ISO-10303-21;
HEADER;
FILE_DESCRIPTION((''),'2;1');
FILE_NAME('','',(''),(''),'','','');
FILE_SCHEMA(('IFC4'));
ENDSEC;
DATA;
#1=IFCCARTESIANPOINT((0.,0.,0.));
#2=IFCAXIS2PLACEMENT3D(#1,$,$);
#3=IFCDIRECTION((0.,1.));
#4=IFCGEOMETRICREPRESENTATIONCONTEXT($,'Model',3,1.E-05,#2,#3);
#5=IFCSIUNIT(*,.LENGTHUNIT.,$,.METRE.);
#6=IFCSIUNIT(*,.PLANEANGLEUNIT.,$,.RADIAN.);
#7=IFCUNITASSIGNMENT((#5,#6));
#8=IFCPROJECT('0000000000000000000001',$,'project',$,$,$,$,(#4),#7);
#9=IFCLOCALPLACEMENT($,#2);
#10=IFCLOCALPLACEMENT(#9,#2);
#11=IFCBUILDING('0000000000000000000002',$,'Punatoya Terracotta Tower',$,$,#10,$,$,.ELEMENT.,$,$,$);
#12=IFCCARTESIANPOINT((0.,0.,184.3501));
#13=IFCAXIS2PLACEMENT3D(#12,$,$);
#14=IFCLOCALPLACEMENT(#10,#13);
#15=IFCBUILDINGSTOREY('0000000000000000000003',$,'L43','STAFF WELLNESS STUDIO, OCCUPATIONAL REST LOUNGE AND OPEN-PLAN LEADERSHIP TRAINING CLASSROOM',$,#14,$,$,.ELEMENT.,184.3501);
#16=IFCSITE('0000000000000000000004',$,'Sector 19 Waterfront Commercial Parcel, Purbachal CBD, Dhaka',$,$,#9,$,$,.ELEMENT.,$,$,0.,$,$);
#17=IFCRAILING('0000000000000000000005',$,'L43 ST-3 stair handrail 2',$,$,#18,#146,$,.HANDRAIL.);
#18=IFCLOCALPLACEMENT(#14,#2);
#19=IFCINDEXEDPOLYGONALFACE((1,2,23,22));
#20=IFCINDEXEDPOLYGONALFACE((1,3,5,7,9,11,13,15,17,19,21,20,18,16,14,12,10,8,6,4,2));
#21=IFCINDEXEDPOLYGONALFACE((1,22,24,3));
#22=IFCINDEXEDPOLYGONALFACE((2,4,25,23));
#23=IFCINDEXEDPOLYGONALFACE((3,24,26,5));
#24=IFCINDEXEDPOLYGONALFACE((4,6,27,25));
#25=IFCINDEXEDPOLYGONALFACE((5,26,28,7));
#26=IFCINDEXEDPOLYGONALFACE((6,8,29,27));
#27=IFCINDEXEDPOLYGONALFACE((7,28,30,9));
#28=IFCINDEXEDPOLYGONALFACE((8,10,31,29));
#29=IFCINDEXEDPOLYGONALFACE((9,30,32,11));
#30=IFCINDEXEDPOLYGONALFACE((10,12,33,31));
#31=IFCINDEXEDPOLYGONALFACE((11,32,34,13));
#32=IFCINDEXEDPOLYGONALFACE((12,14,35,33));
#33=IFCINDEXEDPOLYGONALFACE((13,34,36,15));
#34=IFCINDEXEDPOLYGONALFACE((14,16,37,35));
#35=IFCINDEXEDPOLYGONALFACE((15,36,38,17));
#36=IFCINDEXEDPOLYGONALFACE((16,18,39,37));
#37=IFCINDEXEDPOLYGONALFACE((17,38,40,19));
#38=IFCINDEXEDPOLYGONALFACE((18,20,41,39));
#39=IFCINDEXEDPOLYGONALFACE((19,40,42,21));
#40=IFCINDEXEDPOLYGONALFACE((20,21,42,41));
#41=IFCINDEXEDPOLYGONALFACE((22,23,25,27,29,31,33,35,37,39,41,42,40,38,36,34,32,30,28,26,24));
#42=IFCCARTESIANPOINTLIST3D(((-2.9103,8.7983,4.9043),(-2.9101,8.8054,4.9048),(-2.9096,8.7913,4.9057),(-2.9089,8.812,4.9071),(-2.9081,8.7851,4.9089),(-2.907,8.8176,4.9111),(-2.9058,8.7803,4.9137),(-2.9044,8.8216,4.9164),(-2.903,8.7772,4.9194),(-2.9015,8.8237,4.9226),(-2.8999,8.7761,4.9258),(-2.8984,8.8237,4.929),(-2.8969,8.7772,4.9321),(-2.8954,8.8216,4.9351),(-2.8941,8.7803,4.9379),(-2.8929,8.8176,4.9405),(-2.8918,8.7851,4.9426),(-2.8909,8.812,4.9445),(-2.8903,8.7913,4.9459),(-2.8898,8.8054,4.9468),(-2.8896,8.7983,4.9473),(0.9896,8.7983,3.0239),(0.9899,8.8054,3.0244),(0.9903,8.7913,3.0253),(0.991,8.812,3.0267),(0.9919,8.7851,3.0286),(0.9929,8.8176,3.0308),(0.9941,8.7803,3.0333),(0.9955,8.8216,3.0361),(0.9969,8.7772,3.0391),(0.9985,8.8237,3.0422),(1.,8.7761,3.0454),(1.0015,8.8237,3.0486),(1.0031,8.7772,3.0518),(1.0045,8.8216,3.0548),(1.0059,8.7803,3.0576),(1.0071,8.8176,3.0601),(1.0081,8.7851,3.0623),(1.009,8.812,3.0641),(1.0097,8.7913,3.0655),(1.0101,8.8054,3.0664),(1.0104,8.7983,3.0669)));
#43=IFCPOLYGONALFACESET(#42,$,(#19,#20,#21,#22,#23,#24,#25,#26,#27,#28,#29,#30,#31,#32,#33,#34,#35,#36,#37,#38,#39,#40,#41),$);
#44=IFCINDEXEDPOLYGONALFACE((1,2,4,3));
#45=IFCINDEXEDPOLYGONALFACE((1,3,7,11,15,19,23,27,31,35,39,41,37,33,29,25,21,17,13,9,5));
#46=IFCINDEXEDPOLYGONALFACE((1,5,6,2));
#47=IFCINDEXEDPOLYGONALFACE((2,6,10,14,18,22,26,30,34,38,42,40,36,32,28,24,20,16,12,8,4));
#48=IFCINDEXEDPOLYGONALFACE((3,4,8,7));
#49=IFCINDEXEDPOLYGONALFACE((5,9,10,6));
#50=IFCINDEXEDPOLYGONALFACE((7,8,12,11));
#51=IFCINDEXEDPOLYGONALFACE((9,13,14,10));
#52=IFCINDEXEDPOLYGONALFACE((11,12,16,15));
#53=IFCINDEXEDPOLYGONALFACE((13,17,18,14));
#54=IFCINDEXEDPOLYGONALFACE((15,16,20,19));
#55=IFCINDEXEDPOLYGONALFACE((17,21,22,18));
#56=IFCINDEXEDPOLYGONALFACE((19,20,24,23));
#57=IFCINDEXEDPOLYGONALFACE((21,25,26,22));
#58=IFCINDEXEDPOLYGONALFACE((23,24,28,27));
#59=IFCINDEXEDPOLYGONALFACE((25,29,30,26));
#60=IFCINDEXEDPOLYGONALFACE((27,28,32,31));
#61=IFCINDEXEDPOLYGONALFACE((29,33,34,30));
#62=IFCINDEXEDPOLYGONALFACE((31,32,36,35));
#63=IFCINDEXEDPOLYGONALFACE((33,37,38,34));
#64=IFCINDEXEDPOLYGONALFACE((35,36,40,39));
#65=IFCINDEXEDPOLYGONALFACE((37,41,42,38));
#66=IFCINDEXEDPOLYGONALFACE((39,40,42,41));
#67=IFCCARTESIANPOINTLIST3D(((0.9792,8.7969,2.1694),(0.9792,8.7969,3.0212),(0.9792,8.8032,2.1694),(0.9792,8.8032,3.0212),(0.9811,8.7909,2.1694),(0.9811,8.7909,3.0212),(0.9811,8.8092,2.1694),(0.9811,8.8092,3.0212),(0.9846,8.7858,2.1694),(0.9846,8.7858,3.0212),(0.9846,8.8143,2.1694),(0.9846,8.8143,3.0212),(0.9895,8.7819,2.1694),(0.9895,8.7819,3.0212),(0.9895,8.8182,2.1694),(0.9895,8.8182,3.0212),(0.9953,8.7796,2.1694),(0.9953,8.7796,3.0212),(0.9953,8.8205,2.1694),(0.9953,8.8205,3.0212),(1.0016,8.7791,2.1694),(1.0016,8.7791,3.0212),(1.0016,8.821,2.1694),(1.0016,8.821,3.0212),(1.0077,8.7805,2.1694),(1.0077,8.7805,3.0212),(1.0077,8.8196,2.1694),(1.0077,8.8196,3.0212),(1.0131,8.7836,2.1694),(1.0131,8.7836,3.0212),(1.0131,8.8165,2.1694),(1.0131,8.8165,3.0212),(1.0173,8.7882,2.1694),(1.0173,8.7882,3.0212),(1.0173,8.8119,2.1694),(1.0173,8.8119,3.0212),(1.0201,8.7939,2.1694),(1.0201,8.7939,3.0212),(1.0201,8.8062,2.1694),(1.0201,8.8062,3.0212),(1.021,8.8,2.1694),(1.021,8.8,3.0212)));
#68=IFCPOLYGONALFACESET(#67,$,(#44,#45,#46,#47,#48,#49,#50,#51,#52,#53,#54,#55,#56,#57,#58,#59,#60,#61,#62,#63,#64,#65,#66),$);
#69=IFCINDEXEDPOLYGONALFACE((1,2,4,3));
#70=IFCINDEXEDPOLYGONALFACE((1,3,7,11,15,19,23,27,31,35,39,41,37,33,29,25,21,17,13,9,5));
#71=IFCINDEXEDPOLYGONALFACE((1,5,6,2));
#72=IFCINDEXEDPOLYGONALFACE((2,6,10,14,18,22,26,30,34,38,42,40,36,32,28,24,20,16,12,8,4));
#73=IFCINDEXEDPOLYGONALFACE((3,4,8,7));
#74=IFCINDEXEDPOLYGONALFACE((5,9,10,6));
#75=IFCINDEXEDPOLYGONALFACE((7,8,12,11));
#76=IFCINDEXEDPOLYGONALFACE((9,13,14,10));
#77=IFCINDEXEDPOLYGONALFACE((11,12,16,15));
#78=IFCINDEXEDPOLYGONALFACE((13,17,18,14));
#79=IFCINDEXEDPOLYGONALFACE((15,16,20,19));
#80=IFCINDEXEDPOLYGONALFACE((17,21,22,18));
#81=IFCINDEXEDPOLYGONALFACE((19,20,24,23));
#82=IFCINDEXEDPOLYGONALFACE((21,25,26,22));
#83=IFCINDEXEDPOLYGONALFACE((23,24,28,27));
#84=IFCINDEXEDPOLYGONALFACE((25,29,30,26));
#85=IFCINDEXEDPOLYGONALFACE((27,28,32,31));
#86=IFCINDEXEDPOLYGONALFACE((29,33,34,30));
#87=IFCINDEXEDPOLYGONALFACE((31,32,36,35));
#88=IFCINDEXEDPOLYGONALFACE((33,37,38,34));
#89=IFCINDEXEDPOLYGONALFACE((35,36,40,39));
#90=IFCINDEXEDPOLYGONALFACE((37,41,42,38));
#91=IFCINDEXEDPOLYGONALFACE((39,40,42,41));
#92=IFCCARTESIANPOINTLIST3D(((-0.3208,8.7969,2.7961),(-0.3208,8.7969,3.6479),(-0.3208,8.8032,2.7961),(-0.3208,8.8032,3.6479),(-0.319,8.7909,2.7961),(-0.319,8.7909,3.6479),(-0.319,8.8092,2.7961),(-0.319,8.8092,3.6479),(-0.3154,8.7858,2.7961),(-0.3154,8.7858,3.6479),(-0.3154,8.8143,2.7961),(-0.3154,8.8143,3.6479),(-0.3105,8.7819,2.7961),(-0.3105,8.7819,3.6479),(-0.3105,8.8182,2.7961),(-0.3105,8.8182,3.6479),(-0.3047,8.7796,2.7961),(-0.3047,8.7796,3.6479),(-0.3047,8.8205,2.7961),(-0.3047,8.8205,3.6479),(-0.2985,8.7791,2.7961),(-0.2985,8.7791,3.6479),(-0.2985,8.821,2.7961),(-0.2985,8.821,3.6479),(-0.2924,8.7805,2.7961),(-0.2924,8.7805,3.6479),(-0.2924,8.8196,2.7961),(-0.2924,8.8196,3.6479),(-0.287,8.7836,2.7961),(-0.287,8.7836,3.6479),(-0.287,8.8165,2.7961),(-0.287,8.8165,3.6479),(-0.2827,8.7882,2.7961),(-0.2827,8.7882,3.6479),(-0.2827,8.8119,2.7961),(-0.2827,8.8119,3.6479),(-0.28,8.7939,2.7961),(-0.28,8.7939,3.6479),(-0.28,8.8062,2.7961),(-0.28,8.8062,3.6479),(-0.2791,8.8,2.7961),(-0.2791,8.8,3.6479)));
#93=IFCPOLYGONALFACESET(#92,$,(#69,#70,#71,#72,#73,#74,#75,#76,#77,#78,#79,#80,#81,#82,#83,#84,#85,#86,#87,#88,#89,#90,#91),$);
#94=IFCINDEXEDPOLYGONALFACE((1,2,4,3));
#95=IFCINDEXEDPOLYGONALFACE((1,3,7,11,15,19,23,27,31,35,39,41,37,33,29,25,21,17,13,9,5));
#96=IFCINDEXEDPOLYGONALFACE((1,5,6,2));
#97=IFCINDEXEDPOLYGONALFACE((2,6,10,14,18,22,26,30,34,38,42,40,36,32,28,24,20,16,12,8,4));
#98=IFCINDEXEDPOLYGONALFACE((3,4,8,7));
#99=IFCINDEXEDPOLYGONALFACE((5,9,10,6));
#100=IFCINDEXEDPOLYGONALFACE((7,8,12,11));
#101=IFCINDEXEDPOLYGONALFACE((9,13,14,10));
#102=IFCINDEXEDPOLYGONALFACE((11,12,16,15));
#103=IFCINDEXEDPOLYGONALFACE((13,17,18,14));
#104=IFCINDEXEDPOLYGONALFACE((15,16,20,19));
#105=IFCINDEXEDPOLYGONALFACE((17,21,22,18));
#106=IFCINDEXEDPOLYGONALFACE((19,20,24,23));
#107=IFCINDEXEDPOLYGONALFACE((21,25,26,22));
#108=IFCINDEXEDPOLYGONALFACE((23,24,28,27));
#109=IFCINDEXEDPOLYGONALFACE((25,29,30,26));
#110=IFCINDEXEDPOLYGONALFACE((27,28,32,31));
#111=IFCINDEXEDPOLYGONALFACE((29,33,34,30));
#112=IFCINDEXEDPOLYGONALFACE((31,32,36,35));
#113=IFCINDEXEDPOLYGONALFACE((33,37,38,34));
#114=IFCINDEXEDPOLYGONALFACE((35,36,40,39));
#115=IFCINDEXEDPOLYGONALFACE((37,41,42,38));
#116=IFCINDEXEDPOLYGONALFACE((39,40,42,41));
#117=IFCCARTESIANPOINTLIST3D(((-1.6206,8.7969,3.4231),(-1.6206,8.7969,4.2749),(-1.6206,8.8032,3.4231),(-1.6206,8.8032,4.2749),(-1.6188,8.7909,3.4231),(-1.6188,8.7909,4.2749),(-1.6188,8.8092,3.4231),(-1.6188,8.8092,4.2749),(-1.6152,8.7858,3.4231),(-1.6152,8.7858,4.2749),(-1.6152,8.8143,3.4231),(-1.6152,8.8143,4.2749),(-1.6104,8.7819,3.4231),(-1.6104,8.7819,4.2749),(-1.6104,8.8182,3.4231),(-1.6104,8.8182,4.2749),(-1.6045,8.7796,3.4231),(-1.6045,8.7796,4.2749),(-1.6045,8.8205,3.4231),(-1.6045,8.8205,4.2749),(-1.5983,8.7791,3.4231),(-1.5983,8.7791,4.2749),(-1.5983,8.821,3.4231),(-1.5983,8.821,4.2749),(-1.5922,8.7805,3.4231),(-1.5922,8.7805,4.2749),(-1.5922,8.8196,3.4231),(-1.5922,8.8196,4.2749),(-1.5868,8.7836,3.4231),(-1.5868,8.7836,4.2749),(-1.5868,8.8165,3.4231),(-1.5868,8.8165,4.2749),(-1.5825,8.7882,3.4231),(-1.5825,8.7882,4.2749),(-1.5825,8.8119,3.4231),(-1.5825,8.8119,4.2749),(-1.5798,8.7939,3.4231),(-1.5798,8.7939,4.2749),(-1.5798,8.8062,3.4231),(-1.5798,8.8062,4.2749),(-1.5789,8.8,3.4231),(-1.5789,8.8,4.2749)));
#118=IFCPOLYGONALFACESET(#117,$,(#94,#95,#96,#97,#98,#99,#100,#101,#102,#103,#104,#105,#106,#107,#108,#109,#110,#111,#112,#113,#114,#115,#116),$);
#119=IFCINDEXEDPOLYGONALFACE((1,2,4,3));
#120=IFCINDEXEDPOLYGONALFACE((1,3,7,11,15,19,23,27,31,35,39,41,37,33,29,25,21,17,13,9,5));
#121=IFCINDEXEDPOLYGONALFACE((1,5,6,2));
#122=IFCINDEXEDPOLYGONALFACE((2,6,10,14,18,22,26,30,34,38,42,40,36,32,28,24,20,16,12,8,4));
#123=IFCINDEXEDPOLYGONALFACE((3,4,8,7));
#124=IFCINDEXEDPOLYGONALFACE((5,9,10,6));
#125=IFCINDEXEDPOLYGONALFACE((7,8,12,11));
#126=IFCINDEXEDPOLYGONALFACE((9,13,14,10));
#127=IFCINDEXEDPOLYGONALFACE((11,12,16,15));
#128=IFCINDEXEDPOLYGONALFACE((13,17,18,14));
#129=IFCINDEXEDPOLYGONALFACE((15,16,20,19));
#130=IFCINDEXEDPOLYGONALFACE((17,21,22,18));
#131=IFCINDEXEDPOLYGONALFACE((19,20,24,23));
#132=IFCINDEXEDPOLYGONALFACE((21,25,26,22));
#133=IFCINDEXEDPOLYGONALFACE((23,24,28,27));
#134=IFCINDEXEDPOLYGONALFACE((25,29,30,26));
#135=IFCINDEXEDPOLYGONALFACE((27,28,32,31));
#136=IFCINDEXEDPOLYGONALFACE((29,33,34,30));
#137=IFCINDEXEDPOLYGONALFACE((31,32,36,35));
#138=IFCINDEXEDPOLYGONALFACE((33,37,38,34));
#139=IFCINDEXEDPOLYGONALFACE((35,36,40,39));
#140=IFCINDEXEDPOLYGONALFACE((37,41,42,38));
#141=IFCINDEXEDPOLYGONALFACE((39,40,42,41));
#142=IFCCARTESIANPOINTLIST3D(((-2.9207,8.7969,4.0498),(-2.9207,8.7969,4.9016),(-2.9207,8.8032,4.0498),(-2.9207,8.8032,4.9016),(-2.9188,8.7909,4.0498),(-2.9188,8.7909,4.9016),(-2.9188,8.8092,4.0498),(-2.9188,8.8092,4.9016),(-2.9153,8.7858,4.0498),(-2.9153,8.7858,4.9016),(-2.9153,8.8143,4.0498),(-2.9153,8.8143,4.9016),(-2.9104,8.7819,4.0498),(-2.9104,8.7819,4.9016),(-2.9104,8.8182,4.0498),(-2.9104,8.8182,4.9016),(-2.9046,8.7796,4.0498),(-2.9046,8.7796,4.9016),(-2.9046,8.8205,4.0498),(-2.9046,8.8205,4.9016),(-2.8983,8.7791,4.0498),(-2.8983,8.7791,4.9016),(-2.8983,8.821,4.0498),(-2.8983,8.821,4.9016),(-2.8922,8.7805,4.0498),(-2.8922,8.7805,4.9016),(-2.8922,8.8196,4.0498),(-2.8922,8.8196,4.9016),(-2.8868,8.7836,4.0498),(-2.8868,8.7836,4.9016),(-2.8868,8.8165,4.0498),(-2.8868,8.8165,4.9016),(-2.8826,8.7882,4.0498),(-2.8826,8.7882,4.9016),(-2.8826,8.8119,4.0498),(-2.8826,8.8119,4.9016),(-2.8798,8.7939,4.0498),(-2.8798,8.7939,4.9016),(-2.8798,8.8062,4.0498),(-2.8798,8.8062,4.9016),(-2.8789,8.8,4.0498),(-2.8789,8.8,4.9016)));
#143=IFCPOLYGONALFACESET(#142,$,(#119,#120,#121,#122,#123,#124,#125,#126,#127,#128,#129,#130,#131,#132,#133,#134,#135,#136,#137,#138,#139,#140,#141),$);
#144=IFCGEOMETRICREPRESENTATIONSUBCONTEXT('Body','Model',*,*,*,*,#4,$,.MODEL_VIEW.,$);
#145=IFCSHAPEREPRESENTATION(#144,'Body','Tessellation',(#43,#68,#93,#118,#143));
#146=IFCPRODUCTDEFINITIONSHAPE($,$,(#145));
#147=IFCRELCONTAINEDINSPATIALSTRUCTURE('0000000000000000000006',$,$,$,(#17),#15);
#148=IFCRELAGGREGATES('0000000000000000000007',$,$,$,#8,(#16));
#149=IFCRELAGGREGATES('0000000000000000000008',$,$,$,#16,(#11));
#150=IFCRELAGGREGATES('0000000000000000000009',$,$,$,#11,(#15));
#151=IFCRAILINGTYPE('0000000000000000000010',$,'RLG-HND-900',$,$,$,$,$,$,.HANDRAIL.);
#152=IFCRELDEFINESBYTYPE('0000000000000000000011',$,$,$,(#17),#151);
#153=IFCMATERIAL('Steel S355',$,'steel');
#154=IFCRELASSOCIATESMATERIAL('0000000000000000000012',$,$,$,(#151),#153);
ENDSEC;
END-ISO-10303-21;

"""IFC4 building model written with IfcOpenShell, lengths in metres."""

from ifc_helpers import new_model, si_unit, direction, frame, origin, origin_2d, place, context, subcontext, project, spatial, circle, extrude, material, type_object, element, save


model = new_model("IFC4")

# Units and contexts
model_context = context("Model", 3, precision=1e-05, world=origin(), true_north=direction((0.0, 1.0)))
body_context = subcontext(model_context, "Body", "Model", "MODEL_VIEW")
ifc_project = project(units=[si_unit("LENGTHUNIT", "METRE"), si_unit("PLANEANGLEUNIT", "RADIAN")], contexts=[model_context])

# Site, building, storey
site_placement = place(None, origin())
site = spatial("IfcSite", under=ifc_project, at=site_placement, Name="Sector 19 Waterfront Commercial Parcel, Purbachal CBD, Dhaka", CompositionType="ELEMENT", RefElevation=0.0)
building_placement = place(site_placement, origin())
building = spatial("IfcBuilding", under=site, at=building_placement, Name="Punatoya Terracotta Tower", CompositionType="ELEMENT")
storey_placement = place(building_placement, frame((0.0, 0.0, 184.3501)))
storey = spatial("IfcBuildingStorey", under=building, at=storey_placement, Name="L43", Description="STAFF WELLNESS STUDIO, OCCUPATIONAL REST LOUNGE AND OPEN-PLAN LEADERSHIP TRAINING CLASSROOM", CompositionType="ELEMENT", Elevation=184.3501)

# Shared definitions
ifc_material_1 = material(Name="Steel S355", Category="steel")

# Railing
railing_type_1 = type_object("IfcRailingType", Name="RLG-HND-900", PredefinedType="HANDRAIL", material=ifc_material_1)
railing_1_placement = place(storey_placement, frame((1.0, 8.8, 2.1694)))
element("IfcRailing", 1, at=railing_1_placement, inside=storey, type_object=railing_type_1, Name="L43 ST-3 stair handrail 2", PredefinedType="HANDRAIL", context=body_context, shape_type="SweptSolid", body=[
    extrude(circle(Radius=0.0239, at=origin_2d()), frame((0.0, 0.0, 0.876), z_axis=(-0.900763, 0.0, 0.434311), x_axis=(0.0, -1.0, 0.0)), (0.0, 0.0, 1.0), 4.3296),
    extrude(circle(Radius=0.021, at=origin_2d()), origin(), (0.0, 0.0, 1.0), 0.8518),
    extrude(circle(Radius=0.021, at=origin_2d()), frame((-1.3, 0.0, 0.6267)), (0.0, 0.0, 1.0), 0.8518),
    extrude(circle(Radius=0.021, at=origin_2d()), frame((-2.5999, 0.0, 1.2537)), (0.0, 0.0, 1.0), 0.8518),
    extrude(circle(Radius=0.021, at=origin_2d()), frame((-3.8999, 0.0, 1.8804)), (0.0, 0.0, 1.0), 0.8518),
])

save(model, "model.ifc")
